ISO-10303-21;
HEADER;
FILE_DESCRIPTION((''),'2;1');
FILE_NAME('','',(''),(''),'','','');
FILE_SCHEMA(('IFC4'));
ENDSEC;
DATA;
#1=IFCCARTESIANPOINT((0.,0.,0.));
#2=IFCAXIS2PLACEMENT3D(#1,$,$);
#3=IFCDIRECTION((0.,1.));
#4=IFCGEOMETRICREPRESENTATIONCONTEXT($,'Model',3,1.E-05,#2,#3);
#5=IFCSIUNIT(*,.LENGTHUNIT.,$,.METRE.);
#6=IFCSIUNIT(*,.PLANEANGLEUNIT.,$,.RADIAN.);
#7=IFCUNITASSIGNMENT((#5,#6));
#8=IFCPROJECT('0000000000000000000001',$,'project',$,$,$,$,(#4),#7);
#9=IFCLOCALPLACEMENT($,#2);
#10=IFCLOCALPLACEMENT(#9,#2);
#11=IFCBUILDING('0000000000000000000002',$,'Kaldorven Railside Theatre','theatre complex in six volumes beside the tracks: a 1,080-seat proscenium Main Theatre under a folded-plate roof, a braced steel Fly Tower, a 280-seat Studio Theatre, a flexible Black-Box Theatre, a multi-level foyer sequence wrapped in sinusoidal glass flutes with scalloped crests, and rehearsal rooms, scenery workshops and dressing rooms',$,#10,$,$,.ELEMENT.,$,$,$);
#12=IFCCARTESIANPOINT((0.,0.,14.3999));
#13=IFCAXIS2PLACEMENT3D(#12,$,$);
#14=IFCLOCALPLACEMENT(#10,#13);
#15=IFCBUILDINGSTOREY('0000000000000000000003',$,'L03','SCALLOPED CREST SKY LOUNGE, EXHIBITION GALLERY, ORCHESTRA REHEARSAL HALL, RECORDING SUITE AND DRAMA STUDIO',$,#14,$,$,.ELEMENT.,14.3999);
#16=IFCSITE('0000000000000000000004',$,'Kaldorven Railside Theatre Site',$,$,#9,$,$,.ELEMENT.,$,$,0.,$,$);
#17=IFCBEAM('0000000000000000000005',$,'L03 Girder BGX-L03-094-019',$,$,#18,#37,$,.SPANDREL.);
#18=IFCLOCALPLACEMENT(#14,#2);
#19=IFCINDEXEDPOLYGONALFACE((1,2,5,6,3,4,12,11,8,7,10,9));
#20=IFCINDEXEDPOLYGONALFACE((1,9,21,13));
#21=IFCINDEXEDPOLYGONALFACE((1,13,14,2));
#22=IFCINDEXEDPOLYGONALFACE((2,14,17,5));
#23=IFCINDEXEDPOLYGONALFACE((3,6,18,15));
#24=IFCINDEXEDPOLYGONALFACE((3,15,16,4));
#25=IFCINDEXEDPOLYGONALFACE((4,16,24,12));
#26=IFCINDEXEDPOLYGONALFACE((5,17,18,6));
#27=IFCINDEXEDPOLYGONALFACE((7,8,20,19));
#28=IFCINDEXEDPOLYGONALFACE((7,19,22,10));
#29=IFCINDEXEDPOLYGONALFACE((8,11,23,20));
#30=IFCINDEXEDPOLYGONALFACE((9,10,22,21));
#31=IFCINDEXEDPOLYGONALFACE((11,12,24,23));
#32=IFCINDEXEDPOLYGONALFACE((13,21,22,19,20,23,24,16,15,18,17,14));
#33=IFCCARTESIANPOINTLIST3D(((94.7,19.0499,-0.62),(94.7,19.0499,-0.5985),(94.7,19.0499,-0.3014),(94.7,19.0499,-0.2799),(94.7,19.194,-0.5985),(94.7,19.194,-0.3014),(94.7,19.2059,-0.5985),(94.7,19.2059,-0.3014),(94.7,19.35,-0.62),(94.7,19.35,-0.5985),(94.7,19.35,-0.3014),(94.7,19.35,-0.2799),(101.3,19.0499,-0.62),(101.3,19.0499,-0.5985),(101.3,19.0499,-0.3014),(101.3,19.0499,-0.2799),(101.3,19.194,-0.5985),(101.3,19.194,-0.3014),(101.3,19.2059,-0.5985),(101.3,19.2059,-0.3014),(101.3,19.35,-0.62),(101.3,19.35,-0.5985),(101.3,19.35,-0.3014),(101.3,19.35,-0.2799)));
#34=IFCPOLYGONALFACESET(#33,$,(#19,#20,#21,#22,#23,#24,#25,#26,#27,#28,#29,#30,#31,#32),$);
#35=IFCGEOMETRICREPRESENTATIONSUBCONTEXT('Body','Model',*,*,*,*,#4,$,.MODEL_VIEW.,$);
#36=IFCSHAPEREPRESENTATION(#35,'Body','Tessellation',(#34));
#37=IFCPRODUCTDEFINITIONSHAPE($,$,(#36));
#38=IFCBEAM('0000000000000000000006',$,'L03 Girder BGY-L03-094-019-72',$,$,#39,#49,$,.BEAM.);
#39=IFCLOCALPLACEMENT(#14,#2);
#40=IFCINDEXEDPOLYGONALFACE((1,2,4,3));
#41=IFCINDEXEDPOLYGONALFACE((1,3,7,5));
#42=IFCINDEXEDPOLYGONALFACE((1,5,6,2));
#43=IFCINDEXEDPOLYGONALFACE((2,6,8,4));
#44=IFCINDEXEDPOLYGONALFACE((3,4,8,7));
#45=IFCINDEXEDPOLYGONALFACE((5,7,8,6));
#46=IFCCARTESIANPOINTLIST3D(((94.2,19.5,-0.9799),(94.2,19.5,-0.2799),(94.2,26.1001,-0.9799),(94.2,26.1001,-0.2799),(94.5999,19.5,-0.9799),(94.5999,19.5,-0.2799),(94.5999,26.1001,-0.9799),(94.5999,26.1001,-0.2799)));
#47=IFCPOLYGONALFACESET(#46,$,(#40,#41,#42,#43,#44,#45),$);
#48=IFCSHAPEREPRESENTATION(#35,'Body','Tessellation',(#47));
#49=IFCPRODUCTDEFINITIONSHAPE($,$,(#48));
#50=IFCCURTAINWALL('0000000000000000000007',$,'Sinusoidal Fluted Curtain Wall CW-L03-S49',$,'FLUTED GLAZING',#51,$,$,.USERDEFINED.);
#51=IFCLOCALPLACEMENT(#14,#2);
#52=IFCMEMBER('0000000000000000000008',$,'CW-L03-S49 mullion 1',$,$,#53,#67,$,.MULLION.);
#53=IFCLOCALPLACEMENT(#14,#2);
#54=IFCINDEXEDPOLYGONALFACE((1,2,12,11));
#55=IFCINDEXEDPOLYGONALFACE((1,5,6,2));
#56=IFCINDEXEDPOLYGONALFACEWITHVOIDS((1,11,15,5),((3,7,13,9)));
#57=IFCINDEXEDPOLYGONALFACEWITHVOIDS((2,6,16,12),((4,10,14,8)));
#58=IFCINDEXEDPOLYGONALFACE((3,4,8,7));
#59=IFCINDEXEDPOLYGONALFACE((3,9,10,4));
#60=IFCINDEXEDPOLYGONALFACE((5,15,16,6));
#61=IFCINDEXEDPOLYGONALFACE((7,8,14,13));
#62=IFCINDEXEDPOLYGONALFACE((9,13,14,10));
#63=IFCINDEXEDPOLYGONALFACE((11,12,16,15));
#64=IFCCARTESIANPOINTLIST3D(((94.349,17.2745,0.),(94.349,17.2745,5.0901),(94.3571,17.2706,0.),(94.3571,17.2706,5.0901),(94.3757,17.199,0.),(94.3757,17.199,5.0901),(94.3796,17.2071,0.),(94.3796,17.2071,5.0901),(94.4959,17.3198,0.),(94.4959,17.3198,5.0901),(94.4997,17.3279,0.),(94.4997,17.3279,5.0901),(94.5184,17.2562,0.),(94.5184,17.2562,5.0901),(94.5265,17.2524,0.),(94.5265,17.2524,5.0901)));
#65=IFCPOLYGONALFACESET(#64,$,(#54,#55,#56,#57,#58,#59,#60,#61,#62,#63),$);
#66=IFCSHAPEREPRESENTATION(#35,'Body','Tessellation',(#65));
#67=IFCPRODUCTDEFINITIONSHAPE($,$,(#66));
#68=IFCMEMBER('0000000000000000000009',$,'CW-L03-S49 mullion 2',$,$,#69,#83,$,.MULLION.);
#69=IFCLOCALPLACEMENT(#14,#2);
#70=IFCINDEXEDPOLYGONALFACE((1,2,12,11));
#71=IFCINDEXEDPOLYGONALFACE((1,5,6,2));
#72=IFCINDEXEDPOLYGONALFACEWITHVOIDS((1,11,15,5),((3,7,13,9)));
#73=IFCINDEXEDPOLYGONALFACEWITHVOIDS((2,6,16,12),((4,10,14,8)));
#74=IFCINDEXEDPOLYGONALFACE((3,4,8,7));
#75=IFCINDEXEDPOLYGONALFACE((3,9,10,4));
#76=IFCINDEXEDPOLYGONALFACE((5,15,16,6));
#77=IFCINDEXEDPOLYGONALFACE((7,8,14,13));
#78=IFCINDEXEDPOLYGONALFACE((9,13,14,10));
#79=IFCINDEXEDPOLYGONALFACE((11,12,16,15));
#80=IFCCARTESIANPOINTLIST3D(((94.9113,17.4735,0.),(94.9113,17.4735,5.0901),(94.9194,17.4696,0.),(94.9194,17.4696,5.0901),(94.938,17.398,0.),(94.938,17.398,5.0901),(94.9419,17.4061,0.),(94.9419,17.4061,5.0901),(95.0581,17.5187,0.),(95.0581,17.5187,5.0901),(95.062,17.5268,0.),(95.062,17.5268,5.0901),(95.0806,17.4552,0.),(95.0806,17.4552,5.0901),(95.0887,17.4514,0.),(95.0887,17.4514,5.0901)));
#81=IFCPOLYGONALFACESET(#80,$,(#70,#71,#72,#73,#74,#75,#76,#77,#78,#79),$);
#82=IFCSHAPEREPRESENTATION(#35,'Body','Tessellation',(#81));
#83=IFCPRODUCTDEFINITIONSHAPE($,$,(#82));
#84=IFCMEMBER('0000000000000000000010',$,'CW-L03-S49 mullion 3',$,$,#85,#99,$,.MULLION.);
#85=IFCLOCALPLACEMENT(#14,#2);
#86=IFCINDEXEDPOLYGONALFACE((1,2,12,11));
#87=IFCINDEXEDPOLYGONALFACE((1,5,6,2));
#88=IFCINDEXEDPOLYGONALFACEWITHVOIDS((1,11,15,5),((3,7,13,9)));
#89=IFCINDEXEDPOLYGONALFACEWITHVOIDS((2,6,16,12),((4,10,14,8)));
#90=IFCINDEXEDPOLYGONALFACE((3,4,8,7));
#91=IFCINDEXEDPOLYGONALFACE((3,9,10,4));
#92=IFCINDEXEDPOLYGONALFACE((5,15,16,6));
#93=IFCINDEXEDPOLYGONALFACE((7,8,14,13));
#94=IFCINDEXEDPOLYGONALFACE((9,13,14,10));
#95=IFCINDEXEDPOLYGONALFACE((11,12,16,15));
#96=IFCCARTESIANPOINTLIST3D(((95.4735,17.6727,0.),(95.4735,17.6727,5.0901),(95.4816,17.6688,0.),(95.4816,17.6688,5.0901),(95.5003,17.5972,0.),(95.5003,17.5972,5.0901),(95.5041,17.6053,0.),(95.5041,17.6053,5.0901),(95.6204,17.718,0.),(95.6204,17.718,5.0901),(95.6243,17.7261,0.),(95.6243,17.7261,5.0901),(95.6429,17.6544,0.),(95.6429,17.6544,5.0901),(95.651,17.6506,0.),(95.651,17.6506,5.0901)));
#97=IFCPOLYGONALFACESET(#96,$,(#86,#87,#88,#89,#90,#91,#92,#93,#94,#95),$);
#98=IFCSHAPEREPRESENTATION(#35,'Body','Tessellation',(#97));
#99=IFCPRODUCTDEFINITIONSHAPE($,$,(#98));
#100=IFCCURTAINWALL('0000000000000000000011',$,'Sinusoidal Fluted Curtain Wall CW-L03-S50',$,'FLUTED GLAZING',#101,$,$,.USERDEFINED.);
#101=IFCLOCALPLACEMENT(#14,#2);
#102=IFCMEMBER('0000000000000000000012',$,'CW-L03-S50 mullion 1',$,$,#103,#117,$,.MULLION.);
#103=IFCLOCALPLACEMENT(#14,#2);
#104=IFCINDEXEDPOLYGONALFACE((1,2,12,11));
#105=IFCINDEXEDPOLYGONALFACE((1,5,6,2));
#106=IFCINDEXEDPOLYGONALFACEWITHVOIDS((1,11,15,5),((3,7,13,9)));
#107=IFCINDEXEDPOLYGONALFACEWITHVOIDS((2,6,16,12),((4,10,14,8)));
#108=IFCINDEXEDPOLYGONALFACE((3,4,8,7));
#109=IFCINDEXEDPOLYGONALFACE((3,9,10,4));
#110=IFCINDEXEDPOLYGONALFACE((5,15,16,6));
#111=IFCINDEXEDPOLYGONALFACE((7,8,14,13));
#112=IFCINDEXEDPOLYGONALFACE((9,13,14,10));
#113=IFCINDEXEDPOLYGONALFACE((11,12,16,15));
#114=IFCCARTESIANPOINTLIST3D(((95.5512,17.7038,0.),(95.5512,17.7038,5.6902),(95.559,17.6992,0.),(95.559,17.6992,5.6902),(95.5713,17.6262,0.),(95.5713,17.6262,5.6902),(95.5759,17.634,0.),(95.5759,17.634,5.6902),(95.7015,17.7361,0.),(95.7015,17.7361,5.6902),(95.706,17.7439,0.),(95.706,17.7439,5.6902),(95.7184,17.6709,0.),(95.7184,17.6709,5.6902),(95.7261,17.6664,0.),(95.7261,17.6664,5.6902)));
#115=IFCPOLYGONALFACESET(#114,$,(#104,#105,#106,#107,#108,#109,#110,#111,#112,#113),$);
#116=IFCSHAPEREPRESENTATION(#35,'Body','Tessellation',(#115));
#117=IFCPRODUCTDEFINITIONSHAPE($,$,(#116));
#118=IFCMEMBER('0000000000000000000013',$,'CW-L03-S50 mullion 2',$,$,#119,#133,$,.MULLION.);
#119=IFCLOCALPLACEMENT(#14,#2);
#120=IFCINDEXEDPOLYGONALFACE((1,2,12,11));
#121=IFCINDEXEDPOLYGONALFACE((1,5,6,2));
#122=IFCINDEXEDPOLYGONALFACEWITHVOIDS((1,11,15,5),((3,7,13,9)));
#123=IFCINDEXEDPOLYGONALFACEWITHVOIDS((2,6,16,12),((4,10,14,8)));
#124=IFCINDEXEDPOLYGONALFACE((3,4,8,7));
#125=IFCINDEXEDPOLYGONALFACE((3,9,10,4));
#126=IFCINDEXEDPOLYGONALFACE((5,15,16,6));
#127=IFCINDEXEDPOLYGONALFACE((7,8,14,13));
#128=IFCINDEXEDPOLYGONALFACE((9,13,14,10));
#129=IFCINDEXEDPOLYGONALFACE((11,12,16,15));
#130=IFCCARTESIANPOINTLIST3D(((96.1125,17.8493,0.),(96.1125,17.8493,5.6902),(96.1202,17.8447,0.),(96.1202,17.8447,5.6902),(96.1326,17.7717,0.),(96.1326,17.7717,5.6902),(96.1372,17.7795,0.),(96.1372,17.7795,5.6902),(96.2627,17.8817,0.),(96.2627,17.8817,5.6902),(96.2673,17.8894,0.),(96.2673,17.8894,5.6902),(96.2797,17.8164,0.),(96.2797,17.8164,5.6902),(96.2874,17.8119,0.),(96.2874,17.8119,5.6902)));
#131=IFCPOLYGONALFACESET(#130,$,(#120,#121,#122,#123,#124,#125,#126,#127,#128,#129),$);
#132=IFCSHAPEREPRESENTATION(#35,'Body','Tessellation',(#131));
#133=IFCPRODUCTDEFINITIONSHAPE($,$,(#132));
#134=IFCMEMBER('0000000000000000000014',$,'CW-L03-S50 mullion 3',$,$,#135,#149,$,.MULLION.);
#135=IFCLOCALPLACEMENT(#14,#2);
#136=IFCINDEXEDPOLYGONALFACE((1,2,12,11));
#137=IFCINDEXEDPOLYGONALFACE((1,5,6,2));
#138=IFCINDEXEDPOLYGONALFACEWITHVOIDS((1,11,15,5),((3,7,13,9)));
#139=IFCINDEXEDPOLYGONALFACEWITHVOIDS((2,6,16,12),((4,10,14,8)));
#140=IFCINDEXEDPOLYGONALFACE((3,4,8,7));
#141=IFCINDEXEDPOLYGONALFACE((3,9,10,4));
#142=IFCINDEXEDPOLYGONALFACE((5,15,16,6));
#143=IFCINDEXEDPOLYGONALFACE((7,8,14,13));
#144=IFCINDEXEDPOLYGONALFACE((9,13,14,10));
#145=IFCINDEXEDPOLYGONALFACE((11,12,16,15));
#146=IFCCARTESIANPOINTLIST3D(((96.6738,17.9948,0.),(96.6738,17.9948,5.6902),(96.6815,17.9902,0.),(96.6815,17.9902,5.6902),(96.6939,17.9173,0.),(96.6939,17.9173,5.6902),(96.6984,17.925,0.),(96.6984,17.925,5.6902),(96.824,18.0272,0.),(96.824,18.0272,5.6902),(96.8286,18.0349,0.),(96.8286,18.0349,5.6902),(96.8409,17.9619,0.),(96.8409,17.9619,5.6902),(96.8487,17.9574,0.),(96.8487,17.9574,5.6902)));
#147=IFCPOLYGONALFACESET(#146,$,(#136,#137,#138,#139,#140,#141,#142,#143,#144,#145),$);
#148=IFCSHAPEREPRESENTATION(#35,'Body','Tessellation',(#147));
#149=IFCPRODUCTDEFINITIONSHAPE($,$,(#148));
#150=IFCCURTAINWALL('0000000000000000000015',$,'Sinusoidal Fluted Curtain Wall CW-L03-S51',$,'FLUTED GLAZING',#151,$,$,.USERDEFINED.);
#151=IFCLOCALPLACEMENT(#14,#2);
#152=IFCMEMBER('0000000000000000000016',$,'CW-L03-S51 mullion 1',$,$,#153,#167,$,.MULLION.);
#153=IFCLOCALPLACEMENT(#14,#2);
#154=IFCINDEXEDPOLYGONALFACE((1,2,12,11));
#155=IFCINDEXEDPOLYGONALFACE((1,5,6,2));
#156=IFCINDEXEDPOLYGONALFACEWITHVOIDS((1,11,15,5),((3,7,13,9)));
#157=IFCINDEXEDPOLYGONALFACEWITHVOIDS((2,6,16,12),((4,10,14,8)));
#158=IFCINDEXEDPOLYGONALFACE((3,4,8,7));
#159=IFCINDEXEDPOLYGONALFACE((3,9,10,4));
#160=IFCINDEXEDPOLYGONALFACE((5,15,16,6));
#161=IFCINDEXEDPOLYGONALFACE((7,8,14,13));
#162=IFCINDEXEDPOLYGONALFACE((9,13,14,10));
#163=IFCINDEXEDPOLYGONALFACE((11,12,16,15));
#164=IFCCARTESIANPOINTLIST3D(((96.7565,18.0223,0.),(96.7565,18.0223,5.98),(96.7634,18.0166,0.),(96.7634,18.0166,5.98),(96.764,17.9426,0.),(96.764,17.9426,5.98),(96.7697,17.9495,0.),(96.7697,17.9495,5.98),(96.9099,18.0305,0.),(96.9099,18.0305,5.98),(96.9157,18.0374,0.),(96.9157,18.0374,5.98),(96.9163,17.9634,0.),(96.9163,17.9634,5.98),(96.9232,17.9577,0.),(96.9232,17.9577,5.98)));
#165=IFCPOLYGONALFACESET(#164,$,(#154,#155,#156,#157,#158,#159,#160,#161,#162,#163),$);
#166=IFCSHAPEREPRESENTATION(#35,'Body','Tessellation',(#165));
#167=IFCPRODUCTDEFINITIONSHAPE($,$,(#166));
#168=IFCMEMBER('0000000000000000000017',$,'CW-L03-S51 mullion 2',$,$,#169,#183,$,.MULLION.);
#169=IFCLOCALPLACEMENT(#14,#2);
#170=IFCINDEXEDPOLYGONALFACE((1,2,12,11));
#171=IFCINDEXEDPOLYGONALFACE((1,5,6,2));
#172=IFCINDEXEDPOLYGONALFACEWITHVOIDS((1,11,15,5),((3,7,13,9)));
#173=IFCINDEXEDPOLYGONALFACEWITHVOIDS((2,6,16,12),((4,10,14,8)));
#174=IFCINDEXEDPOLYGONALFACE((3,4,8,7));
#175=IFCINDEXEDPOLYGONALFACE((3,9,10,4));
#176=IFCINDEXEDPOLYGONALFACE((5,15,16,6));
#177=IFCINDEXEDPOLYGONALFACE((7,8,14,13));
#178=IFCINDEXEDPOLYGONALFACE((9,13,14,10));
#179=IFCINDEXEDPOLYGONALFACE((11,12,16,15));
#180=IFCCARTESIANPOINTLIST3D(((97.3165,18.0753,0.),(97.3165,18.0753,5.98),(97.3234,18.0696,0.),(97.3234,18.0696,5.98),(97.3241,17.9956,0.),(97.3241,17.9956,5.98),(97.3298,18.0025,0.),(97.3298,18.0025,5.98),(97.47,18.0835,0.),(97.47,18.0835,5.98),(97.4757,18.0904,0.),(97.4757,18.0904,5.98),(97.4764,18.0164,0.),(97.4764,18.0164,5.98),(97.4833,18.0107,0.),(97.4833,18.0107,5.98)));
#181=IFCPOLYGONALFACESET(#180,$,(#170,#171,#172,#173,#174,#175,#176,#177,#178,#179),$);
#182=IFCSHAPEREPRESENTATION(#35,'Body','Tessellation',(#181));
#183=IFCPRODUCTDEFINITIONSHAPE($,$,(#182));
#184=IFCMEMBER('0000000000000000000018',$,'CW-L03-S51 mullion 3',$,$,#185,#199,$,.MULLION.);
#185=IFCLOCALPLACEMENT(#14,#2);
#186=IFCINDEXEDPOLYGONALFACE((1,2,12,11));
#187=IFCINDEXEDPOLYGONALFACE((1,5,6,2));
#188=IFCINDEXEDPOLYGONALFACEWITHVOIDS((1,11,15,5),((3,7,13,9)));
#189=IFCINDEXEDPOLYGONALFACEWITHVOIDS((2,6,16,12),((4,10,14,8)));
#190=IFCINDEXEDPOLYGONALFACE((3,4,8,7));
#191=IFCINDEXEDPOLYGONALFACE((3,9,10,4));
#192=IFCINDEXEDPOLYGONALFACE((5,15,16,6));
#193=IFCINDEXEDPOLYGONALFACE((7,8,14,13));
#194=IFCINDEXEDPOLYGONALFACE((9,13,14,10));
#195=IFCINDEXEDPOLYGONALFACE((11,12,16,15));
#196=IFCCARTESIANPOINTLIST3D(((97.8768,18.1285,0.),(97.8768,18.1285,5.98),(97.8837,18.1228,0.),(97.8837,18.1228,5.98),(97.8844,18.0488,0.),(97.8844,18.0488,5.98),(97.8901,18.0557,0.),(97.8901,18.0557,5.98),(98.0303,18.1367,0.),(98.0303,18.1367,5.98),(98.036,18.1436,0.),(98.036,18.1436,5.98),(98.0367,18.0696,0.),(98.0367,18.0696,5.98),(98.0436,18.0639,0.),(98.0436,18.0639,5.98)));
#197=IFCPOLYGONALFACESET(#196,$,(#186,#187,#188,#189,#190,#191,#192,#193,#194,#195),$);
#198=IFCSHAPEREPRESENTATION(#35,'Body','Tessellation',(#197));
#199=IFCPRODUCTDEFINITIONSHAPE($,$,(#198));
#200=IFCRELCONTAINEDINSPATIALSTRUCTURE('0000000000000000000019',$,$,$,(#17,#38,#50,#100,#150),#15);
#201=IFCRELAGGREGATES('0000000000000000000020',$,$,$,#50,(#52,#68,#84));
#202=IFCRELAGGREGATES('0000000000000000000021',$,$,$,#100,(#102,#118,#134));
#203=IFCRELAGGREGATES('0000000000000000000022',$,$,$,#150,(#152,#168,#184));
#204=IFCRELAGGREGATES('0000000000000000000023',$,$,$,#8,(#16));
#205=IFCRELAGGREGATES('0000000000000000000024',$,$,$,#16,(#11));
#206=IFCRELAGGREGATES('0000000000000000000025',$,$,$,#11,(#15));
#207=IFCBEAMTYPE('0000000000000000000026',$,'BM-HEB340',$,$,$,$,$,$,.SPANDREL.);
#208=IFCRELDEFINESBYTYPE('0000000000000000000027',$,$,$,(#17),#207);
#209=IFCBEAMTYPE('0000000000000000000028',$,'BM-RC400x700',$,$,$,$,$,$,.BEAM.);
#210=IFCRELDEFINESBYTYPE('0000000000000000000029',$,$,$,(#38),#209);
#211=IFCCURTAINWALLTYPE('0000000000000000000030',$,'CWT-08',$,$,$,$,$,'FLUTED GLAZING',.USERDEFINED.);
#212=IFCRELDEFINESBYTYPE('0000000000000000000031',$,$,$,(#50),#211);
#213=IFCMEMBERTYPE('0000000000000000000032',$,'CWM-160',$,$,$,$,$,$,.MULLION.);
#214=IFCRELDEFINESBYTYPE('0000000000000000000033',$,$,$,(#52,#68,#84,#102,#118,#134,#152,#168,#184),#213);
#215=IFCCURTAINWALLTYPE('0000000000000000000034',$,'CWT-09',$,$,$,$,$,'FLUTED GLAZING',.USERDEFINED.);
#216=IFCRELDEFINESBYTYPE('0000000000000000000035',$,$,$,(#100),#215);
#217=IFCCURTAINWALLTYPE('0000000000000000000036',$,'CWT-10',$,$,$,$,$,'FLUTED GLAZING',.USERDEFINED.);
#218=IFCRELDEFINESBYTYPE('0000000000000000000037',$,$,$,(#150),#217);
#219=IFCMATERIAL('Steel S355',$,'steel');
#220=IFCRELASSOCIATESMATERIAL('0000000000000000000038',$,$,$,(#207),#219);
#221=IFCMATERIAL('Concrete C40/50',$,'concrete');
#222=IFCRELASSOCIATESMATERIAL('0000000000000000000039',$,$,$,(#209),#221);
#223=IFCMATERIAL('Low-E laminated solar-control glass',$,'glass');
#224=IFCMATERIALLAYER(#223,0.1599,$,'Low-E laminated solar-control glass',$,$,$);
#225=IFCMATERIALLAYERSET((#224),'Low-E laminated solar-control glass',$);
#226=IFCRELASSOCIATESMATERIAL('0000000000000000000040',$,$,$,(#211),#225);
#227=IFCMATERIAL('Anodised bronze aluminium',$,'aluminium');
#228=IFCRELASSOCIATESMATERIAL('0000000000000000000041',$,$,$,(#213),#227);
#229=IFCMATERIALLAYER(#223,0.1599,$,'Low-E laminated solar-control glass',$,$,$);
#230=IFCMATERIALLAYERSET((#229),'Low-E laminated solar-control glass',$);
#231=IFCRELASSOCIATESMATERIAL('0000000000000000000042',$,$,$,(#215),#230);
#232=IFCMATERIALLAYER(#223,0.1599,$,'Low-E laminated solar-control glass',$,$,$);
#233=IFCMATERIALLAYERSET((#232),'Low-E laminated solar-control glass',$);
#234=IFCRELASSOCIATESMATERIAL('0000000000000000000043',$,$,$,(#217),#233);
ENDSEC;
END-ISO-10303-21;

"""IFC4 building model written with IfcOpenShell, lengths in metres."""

from ifc_helpers import new_model, si_unit, direction, frame, origin, origin_2d, place, context, subcontext, project, spatial, rectangle, hollow_rectangle, i_section, extrude, material, layer, layer_set, material_profile, profile_set, type_object, element, aggregate, save


model = new_model("IFC4")

# Units and contexts
model_context = context("Model", 3, precision=1e-05, world=origin(), true_north=direction((0.0, 1.0)))
body_context = subcontext(model_context, "Body", "Model", "MODEL_VIEW")
ifc_project = project(units=[si_unit("LENGTHUNIT", "METRE"), si_unit("PLANEANGLEUNIT", "RADIAN")], contexts=[model_context])

# Site, building, storey
site_placement = place(None, origin())
site = spatial("IfcSite", under=ifc_project, at=site_placement, Name="Kaldorven Railside Theatre Site", CompositionType="ELEMENT", RefElevation=0.0)
building_placement = place(site_placement, origin())
building = spatial("IfcBuilding", under=site, at=building_placement, Name="Kaldorven Railside Theatre", Description="theatre complex in six volumes beside the tracks: a 1,080-seat proscenium Main Theatre under a folded-plate roof, a braced steel Fly Tower, a 280-seat Studio Theatre, a flexible Black-Box Theatre, a multi-level foyer sequence wrapped in sinusoidal glass flutes with scalloped crests, and rehearsal rooms, scenery workshops and dressing rooms", CompositionType="ELEMENT")
storey_placement = place(building_placement, frame((0.0, 0.0, 14.3999)))
storey = spatial("IfcBuildingStorey", under=building, at=storey_placement, Name="L03", Description="SCALLOPED CREST SKY LOUNGE, EXHIBITION GALLERY, ORCHESTRA REHEARSAL HALL, RECORDING SUITE AND DRAMA STUDIO", CompositionType="ELEMENT", Elevation=14.3999)

# Beams
ifc_material_1 = material(Name="Steel S355", Category="steel")
ifc_material_profile_1 = material_profile(ifc_material_1, i_section(OverallWidth=0.3, OverallDepth=0.3401, WebThickness=0.012, FlangeThickness=0.0215, at=origin_2d()), Name="HEB 340")
ifc_profile_set_1 = profile_set([ifc_material_profile_1], Name="Steel S355")
beam_type_1 = type_object("IfcBeamType", Name="BM-HEB340", PredefinedType="SPANDREL", material=ifc_profile_set_1)
beam_1_placement = place(storey_placement, frame((94.7, 19.2, -0.45), z_axis=(1.0, 0.0, 0.0), x_axis=(0.0, 1.0, 0.0)))
element("IfcBeam", 1, at=beam_1_placement, inside=storey, type_object=beam_type_1, Name="L03 Girder BGX-L03-094-019", PredefinedType="SPANDREL", context=body_context, shape_type="SweptSolid", body=[
    extrude(i_section(OverallWidth=0.3, OverallDepth=0.3401, WebThickness=0.012, FlangeThickness=0.0215, at=origin_2d()), origin(), (0.0, 0.0, 1.0), 6.6001),
])
ifc_material_2 = material(Name="Concrete C40/50", Category="concrete")
ifc_material_profile_2 = material_profile(ifc_material_2, rectangle(XDim=0.3999, YDim=0.7, at=origin_2d()), Name="RC 400x700")
ifc_profile_set_2 = profile_set([ifc_material_profile_2], Name="Concrete C40/50")
beam_type_2 = type_object("IfcBeamType", Name="BM-RC400x700", PredefinedType="BEAM", material=ifc_profile_set_2)
beam_2_placement = place(storey_placement, frame((94.3999, 19.5, -0.6299), z_axis=(0.0, 1.0, 0.0), x_axis=(-1.0, 0.0, 0.0)))
element("IfcBeam", 2, at=beam_2_placement, inside=storey, type_object=beam_type_2, Name="L03 Girder BGY-L03-094-019-72", PredefinedType="BEAM", context=body_context, shape_type="SweptSolid", body=[
    extrude(rectangle(XDim=0.3999, YDim=0.7, at=origin_2d()), origin(), (0.0, 0.0, 1.0), 6.6001),
])

# Curtain walls, members
ifc_material_3 = material(Name="Low-E laminated solar-control glass", Category="glass")
ifc_layer_1 = layer(ifc_material_3, 0.1599, Name="Low-E laminated solar-control glass")
ifc_layer_set_1 = layer_set([ifc_layer_1], Name="Low-E laminated solar-control glass")
curtain_wall_type_1 = type_object("IfcCurtainWallType", Name="CWT-08", ElementType="FLUTED GLAZING", PredefinedType="USERDEFINED", material=ifc_layer_set_1)
curtain_wall_1_placement = place(storey_placement, origin())
curtain_wall_1 = element("IfcCurtainWall", 3, at=curtain_wall_1_placement, inside=storey, type_object=curtain_wall_type_1, Name="Sinusoidal Fluted Curtain Wall CW-L03-S49", ObjectType="FLUTED GLAZING", PredefinedType="USERDEFINED")
ifc_material_4 = material(Name="Anodised bronze aluminium", Category="aluminium")
ifc_material_profile_3 = material_profile(ifc_material_4, hollow_rectangle(XDim=0.0801, YDim=0.1599, WallThickness=0.0063, at=origin_2d()), Name="RHS 160x80x6.3")
ifc_profile_set_3 = profile_set([ifc_material_profile_3], Name="Anodised bronze aluminium")
member_type_1 = type_object("IfcMemberType", Name="CWM-160", PredefinedType="MULLION", material=ifc_profile_set_3)
member_1_placement = place(storey_placement, frame((94.4377, 17.2634, 0.0), z_axis=(0.0, 0.0, 1.0), x_axis=(-0.333847, 0.942627, 0.0)))
member_1 = element("IfcMember", 4, at=member_1_placement, type_object=member_type_1, Name="CW-L03-S49 mullion 1", PredefinedType="MULLION", context=body_context, shape_type="SweptSolid", body=[
    extrude(hollow_rectangle(XDim=0.0801, YDim=0.1599, WallThickness=0.0063, at=origin_2d()), origin(), (0.0, 0.0, 1.0), 5.0901),
])
member_2_placement = place(storey_placement, frame((95.0, 17.4624, 0.0), z_axis=(0.0, 0.0, 1.0), x_axis=(-0.333847, 0.942627, 0.0)))
member_2 = element("IfcMember", 5, at=member_2_placement, type_object=member_type_1, Name="CW-L03-S49 mullion 2", PredefinedType="MULLION", context=body_context, shape_type="SweptSolid", body=[
    extrude(hollow_rectangle(XDim=0.0801, YDim=0.1599, WallThickness=0.0063, at=origin_2d()), origin(), (0.0, 0.0, 1.0), 5.0901),
])
member_3_placement = place(storey_placement, frame((95.5623, 17.6616, 0.0), z_axis=(0.0, 0.0, 1.0), x_axis=(-0.333847, 0.942627, 0.0)))
member_3 = element("IfcMember", 6, at=member_3_placement, type_object=member_type_1, Name="CW-L03-S49 mullion 3", PredefinedType="MULLION", context=body_context, shape_type="SweptSolid", body=[
    extrude(hollow_rectangle(XDim=0.0801, YDim=0.1599, WallThickness=0.0063, at=origin_2d()), origin(), (0.0, 0.0, 1.0), 5.0901),
])
ifc_layer_2 = layer(ifc_material_3, 0.1599, Name="Low-E laminated solar-control glass")
ifc_layer_set_2 = layer_set([ifc_layer_2], Name="Low-E laminated solar-control glass")
curtain_wall_type_2 = type_object("IfcCurtainWallType", Name="CWT-09", ElementType="FLUTED GLAZING", PredefinedType="USERDEFINED", material=ifc_layer_set_2)
curtain_wall_2_placement = place(storey_placement, origin())
curtain_wall_2 = element("IfcCurtainWall", 7, at=curtain_wall_2_placement, inside=storey, type_object=curtain_wall_type_2, Name="Sinusoidal Fluted Curtain Wall CW-L03-S50", ObjectType="FLUTED GLAZING", PredefinedType="USERDEFINED")
member_4_placement = place(storey_placement, frame((95.6387, 17.6851, 0.0), z_axis=(0.0, 0.0, 1.0), x_axis=(-0.250954, 0.967999, 0.0)))
member_4 = element("IfcMember", 8, at=member_4_placement, type_object=member_type_1, Name="CW-L03-S50 mullion 1", PredefinedType="MULLION", context=body_context, shape_type="SweptSolid", body=[
    extrude(hollow_rectangle(XDim=0.0801, YDim=0.1599, WallThickness=0.0063, at=origin_2d()), origin(), (0.0, 0.0, 1.0), 5.6902),
])
member_5_placement = place(storey_placement, frame((96.2, 17.8306, 0.0), z_axis=(0.0, 0.0, 1.0), x_axis=(-0.250954, 0.967999, 0.0)))
member_5 = element("IfcMember", 9, at=member_5_placement, type_object=member_type_1, Name="CW-L03-S50 mullion 2", PredefinedType="MULLION", context=body_context, shape_type="SweptSolid", body=[
    extrude(hollow_rectangle(XDim=0.0801, YDim=0.1599, WallThickness=0.0063, at=origin_2d()), origin(), (0.0, 0.0, 1.0), 5.6902),
])
member_6_placement = place(storey_placement, frame((96.7612, 17.9761, 0.0), z_axis=(0.0, 0.0, 1.0), x_axis=(-0.250954, 0.967999, 0.0)))
member_6 = element("IfcMember", 10, at=member_6_placement, type_object=member_type_1, Name="CW-L03-S50 mullion 3", PredefinedType="MULLION", context=body_context, shape_type="SweptSolid", body=[
    extrude(hollow_rectangle(XDim=0.0801, YDim=0.1599, WallThickness=0.0063, at=origin_2d()), origin(), (0.0, 0.0, 1.0), 5.6902),
])
ifc_layer_3 = layer(ifc_material_3, 0.1599, Name="Low-E laminated solar-control glass")
ifc_layer_set_3 = layer_set([ifc_layer_3], Name="Low-E laminated solar-control glass")
curtain_wall_type_3 = type_object("IfcCurtainWallType", Name="CWT-10", ElementType="FLUTED GLAZING", PredefinedType="USERDEFINED", material=ifc_layer_set_3)
curtain_wall_3_placement = place(storey_placement, origin())
curtain_wall_3 = element("IfcCurtainWall", 11, at=curtain_wall_3_placement, inside=storey, type_object=curtain_wall_type_3, Name="Sinusoidal Fluted Curtain Wall CW-L03-S51", ObjectType="FLUTED GLAZING", PredefinedType="USERDEFINED")
member_7_placement = place(storey_placement, frame((96.8398, 17.99, 0.0), z_axis=(0.0, 0.0, 1.0), x_axis=(-0.094492, 0.995526, 0.0)))
member_7 = element("IfcMember", 12, at=member_7_placement, type_object=member_type_1, Name="CW-L03-S51 mullion 1", PredefinedType="MULLION", context=body_context, shape_type="SweptSolid", body=[
    extrude(hollow_rectangle(XDim=0.0801, YDim=0.1599, WallThickness=0.0063, at=origin_2d()), origin(), (0.0, 0.0, 1.0), 5.98),
])
member_8_placement = place(storey_placement, frame((97.3999, 18.043, 0.0), z_axis=(0.0, 0.0, 1.0), x_axis=(-0.094492, 0.995526, 0.0)))
member_8 = element("IfcMember", 13, at=member_8_placement, type_object=member_type_1, Name="CW-L03-S51 mullion 2", PredefinedType="MULLION", context=body_context, shape_type="SweptSolid", body=[
    extrude(hollow_rectangle(XDim=0.0801, YDim=0.1599, WallThickness=0.0063, at=origin_2d()), origin(), (0.0, 0.0, 1.0), 5.98),
])
member_9_placement = place(storey_placement, frame((97.9602, 18.0962, 0.0), z_axis=(0.0, 0.0, 1.0), x_axis=(-0.094492, 0.995526, 0.0)))
member_9 = element("IfcMember", 14, at=member_9_placement, type_object=member_type_1, Name="CW-L03-S51 mullion 3", PredefinedType="MULLION", context=body_context, shape_type="SweptSolid", body=[
    extrude(hollow_rectangle(XDim=0.0801, YDim=0.1599, WallThickness=0.0063, at=origin_2d()), origin(), (0.0, 0.0, 1.0), 5.98),
])

aggregate(curtain_wall_1, [member_1, member_2, member_3])
aggregate(curtain_wall_2, [member_4, member_5, member_6])
aggregate(curtain_wall_3, [member_7, member_8, member_9])

save(model, "model.ifc")
